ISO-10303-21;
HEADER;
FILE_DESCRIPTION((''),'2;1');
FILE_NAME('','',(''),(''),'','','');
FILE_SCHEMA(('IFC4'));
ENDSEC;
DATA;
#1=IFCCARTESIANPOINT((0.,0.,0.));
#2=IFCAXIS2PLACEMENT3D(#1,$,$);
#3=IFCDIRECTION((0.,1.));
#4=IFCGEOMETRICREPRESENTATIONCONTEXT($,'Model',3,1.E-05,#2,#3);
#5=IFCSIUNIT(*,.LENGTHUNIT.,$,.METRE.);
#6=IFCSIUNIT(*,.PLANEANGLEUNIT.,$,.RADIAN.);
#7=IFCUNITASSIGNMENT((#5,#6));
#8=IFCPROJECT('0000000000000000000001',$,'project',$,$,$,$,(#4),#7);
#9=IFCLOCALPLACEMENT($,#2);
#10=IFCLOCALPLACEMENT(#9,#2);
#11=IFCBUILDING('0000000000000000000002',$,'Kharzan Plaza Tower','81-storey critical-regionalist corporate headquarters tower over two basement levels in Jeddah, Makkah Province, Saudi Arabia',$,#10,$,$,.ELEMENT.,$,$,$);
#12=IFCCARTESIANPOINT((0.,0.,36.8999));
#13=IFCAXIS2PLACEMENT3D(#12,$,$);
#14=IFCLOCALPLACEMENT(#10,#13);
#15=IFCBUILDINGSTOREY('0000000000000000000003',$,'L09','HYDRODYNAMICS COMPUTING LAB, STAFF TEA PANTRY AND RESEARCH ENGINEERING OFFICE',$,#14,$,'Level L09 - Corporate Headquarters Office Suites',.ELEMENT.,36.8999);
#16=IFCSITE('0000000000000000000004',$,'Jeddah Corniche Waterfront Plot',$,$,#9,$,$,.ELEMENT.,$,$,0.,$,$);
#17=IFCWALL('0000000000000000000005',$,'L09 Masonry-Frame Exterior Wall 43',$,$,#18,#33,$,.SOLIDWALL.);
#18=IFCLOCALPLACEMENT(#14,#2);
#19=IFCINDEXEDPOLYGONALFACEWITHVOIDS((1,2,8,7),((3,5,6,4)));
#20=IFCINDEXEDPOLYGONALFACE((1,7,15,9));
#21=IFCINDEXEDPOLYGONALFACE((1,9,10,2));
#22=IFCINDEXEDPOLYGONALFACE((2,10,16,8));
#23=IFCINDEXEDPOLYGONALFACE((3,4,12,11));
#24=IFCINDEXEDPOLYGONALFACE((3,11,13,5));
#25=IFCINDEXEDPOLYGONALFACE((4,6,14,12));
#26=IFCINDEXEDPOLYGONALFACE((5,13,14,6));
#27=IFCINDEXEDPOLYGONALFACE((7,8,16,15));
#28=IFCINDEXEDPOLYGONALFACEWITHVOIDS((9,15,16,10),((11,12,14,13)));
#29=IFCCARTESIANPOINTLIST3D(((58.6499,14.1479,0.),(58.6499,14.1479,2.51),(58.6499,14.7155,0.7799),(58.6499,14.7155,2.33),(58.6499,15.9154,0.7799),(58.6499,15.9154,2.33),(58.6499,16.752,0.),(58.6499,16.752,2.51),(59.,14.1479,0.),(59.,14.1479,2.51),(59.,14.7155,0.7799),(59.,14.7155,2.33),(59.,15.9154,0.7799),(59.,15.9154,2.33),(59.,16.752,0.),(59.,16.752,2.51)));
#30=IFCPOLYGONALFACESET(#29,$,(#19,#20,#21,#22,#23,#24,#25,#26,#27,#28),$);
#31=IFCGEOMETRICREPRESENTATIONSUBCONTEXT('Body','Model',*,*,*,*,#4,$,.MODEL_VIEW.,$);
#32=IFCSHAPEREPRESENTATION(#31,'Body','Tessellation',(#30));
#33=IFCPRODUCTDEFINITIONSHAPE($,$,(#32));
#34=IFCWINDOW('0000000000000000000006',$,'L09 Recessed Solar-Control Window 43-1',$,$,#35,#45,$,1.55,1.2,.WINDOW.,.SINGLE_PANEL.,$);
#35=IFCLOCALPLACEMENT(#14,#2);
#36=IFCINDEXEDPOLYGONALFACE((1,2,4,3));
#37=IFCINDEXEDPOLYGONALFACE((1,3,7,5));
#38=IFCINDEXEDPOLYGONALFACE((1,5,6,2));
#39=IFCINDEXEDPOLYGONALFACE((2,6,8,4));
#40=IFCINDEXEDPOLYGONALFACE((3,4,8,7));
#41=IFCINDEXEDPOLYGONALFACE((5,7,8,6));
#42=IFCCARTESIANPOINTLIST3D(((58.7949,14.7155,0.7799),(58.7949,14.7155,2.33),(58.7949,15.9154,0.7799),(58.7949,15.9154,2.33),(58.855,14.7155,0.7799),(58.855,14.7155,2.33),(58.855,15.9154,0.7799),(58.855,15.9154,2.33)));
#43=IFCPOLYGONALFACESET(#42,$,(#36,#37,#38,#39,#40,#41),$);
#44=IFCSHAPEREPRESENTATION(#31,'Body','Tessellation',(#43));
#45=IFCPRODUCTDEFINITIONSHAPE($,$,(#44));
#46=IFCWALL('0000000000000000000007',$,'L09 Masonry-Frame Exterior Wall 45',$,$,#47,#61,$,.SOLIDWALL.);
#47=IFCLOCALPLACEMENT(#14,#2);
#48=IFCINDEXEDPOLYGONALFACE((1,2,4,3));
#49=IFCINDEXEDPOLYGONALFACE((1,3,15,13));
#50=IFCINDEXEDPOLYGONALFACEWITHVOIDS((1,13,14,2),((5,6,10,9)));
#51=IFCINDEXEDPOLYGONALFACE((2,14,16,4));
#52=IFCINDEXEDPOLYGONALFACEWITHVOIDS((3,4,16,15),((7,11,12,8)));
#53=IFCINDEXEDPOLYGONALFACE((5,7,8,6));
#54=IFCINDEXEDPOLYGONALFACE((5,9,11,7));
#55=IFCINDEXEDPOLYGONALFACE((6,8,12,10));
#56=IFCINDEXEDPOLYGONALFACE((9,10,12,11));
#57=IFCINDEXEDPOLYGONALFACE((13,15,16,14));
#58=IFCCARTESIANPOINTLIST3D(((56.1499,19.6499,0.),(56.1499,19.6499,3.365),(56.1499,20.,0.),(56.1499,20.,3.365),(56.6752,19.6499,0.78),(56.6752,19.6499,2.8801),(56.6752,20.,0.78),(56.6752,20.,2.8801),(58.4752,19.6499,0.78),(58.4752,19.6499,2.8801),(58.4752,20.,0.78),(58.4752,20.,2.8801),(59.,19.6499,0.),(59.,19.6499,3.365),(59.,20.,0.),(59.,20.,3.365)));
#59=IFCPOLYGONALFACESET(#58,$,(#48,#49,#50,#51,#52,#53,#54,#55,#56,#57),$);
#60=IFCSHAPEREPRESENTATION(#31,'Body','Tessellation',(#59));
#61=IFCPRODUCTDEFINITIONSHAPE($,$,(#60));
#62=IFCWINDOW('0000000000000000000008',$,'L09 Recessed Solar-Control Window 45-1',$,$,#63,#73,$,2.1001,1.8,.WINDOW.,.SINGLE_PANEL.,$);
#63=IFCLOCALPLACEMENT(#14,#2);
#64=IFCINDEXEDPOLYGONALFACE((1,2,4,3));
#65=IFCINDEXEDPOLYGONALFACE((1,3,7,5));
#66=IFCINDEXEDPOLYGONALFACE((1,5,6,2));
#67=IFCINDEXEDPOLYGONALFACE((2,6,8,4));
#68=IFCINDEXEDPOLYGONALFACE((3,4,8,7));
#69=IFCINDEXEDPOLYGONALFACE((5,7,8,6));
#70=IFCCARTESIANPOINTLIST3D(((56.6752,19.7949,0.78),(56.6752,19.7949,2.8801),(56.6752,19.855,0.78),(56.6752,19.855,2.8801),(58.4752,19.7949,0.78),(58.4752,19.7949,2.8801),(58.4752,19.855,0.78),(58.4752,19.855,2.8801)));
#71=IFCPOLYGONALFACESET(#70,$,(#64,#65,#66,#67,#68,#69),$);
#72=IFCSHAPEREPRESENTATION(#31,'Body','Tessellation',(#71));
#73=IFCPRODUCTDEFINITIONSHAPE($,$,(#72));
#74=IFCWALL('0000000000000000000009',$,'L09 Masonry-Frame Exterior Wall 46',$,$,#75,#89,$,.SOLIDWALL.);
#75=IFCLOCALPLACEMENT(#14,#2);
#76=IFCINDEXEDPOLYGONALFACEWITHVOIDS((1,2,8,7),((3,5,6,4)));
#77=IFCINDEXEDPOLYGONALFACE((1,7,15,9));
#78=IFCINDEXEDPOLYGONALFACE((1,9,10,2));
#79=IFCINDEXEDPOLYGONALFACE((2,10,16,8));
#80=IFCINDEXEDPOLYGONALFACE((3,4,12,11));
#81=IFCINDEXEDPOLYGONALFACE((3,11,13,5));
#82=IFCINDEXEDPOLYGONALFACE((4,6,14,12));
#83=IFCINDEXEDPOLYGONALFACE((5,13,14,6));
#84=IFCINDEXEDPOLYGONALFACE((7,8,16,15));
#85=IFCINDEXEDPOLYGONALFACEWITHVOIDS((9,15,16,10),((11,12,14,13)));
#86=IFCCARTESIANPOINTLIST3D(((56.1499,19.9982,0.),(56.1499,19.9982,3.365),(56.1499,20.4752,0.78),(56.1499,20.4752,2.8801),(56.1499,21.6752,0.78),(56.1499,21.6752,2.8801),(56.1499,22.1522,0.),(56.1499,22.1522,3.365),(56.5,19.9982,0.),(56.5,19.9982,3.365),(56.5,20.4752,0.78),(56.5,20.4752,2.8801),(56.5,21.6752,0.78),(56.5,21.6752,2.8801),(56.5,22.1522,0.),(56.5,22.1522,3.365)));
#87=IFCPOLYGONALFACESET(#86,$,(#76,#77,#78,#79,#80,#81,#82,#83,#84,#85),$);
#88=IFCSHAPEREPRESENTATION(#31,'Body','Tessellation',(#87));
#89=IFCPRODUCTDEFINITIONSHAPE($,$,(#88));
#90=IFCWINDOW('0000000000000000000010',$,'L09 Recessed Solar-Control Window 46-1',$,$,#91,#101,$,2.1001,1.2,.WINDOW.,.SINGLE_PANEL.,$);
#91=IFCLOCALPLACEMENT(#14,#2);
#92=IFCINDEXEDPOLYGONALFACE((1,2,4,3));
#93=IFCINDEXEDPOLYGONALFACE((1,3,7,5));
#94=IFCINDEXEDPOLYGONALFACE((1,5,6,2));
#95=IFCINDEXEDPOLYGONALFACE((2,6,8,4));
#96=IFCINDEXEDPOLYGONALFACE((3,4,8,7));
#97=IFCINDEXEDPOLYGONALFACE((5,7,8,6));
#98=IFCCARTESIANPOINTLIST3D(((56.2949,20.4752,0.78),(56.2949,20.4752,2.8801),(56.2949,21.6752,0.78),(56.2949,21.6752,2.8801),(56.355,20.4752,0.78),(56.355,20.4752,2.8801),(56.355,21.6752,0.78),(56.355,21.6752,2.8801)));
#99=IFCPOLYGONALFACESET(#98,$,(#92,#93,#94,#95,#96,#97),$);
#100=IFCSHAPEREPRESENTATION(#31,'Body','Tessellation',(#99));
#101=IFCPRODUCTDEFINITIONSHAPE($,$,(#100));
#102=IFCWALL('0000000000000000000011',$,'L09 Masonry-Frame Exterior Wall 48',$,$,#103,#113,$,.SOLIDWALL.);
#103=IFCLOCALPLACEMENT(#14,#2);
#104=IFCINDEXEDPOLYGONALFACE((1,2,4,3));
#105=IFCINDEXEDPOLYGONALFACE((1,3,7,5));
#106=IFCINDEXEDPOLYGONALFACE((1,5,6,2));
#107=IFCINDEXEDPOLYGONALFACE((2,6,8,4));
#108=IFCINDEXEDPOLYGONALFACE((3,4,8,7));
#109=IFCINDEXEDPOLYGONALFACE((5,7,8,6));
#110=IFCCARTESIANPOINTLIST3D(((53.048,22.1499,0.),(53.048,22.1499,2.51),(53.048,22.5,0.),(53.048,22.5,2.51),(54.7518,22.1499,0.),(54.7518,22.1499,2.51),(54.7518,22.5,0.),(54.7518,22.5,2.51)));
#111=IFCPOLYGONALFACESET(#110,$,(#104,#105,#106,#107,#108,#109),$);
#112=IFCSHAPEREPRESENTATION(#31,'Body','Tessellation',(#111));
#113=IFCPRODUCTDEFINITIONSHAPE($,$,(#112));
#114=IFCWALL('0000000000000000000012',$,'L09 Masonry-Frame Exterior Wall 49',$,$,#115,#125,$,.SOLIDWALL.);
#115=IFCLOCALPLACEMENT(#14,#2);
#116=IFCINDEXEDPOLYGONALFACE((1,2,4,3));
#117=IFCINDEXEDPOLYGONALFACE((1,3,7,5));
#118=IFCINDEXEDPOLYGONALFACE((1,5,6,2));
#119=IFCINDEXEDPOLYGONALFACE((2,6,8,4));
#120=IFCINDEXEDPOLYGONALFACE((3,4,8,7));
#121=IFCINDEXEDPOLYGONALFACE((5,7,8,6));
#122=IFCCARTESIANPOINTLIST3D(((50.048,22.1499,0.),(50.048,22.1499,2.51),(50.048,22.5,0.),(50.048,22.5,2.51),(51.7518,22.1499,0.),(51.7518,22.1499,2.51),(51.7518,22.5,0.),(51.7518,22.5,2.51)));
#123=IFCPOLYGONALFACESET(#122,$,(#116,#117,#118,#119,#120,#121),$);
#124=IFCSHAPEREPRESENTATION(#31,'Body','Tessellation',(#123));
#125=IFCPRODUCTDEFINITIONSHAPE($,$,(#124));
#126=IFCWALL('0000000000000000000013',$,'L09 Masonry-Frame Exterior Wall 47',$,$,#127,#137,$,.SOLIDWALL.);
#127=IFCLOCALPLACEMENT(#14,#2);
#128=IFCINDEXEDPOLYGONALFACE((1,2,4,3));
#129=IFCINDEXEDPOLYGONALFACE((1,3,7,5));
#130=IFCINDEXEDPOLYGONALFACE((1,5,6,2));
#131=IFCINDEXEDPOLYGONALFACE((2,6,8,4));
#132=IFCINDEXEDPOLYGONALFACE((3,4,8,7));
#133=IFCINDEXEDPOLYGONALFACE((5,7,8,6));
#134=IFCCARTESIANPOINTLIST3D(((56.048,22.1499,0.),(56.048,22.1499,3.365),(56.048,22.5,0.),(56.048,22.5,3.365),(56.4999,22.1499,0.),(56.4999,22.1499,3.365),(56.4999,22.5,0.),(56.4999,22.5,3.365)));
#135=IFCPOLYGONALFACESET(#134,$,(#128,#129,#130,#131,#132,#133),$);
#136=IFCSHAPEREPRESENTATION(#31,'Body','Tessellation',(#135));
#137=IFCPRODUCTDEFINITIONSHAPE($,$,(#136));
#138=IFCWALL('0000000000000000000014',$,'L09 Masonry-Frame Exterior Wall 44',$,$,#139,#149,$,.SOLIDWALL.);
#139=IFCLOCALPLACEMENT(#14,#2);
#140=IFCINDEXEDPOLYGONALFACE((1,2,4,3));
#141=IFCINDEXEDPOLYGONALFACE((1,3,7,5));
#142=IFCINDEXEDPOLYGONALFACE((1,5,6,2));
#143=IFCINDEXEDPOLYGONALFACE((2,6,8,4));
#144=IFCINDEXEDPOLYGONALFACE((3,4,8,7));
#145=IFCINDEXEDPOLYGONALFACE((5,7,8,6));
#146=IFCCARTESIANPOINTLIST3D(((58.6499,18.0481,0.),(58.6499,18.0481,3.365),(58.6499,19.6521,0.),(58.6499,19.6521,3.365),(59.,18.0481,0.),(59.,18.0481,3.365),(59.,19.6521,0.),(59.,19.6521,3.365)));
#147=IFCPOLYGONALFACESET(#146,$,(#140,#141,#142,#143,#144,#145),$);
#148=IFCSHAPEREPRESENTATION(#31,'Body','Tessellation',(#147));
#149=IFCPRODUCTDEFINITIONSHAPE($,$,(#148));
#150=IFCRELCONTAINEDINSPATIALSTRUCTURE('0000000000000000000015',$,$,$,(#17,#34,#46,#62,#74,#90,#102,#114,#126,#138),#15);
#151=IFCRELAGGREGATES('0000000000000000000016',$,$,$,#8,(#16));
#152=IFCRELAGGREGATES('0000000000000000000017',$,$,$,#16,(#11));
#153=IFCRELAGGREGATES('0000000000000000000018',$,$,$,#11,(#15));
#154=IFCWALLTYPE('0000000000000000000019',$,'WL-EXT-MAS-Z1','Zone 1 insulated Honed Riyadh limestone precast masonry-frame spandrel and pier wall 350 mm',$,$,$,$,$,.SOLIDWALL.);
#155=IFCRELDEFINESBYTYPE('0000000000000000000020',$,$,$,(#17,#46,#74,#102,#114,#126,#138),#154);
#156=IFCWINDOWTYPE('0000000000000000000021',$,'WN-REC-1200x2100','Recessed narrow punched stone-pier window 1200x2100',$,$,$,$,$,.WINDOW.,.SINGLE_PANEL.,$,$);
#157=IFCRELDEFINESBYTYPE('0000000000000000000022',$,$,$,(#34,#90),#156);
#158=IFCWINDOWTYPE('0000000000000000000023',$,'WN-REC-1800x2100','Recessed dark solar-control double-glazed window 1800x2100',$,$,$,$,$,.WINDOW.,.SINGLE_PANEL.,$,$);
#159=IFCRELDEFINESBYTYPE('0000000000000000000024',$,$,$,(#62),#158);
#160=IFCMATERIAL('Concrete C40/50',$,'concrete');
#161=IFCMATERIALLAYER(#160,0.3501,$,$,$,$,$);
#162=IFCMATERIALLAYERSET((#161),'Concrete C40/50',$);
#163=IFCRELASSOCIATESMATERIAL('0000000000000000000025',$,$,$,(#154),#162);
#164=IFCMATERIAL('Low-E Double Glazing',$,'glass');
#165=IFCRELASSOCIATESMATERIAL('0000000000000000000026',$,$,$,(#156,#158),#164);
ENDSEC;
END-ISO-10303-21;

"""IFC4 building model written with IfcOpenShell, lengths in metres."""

from ifc_helpers import new_model, si_unit, direction, frame, frame_2d, origin, place, context, subcontext, project, spatial, rectangle, extrude, source, transform, mapped, material, layer, layer_set, type_object, element, fill, save


model = new_model("IFC4")

# Units and contexts
model_context = context("Model", 3, precision=1e-05, world=origin(), true_north=direction((0.0, 1.0)))
body_context = subcontext(model_context, "Body", "Model", "MODEL_VIEW")
ifc_project = project(units=[si_unit("LENGTHUNIT", "METRE"), si_unit("PLANEANGLEUNIT", "RADIAN")], contexts=[model_context])

# Site, building, storey
site_placement = place(None, origin())
site = spatial("IfcSite", under=ifc_project, at=site_placement, Name="Jeddah Corniche Waterfront Plot", CompositionType="ELEMENT", RefElevation=0.0)
building_placement = place(site_placement, origin())
building = spatial("IfcBuilding", under=site, at=building_placement, Name="Kharzan Plaza Tower", Description="81-storey critical-regionalist corporate headquarters tower over two basement levels in Jeddah, Makkah Province, Saudi Arabia", CompositionType="ELEMENT")
storey_placement = place(building_placement, frame((0.0, 0.0, 36.8999)))
storey = spatial("IfcBuildingStorey", under=building, at=storey_placement, Name="L09", Description="HYDRODYNAMICS COMPUTING LAB, STAFF TEA PANTRY AND RESEARCH ENGINEERING OFFICE", LongName="Level L09 - Corporate Headquarters Office Suites", CompositionType="ELEMENT", Elevation=36.8999)

# Walls, openings, windows
ifc_material_1 = material(Name="Concrete C40/50", Category="concrete")
ifc_layer = layer(ifc_material_1, 0.3501)
ifc_layer_set = layer_set([ifc_layer], Name="Concrete C40/50")
wall_type = type_object("IfcWallType", Name="WL-EXT-MAS-Z1", Description="Zone 1 insulated Honed Riyadh limestone precast masonry-frame spandrel and pier wall 350 mm", PredefinedType="SOLIDWALL", material=ifc_layer_set)
wall_1_placement = place(storey_placement, frame((58.825, 14.1479, 0.0), z_axis=(0.0, 0.0, 1.0), x_axis=(0.0, 1.0, 0.0)))
wall_1 = element("IfcWall", 1, at=wall_1_placement, inside=storey, type_object=wall_type, Name="L09 Masonry-Frame Exterior Wall 43", PredefinedType="SOLIDWALL", context=body_context, shape_type="SweptSolid", body=[
    extrude(rectangle(XDim=2.604, YDim=0.3501, at=frame_2d((1.302, 0.0))), origin(), (0.0, 0.0, 1.0), 2.51),
])
opening_1_placement = place(wall_1_placement, frame((0.5674, 0.0, 0.78)))
opening_1 = element("IfcOpeningElement", 2, at=opening_1_placement, cuts=wall_1, PredefinedType="OPENING", context=body_context, shape_type="SweptSolid", body=[
    extrude(rectangle(XDim=1.2, YDim=1.55, at=frame_2d((0.6001, 0.7749))), frame((0.0, 0.1851, 0.0), z_axis=(0.0, -1.0, 0.0), x_axis=(1.0, 0.0, 0.0)), (0.0, 0.0, 1.0), 0.3701),
])
ifc_material_2 = material(Name="Low-E Double Glazing", Category="glass")
window_type_1 = type_object("IfcWindowType", Name="WN-REC-1200x2100", Description="Recessed narrow punched stone-pier window 1200x2100", PartitioningType="SINGLE_PANEL", PredefinedType="WINDOW", material=ifc_material_2)
shared_shape_1 = source(origin(), body_context, "Body", "SweptSolid", [
    extrude(rectangle(XDim=1.2, YDim=1.55, at=frame_2d((0.6001, 0.7749))), frame((0.0, 0.03, 0.0), z_axis=(0.0, -1.0, 0.0), x_axis=(1.0, 0.0, 0.0)), (0.0, 0.0, 1.0), 0.0601),
])
window_1_placement = place(opening_1_placement, origin())
window_1 = element("IfcWindow", 3, at=window_1_placement, inside=storey, type_object=window_type_1, Name="L09 Recessed Solar-Control Window 43-1", OverallHeight=1.55, OverallWidth=1.2, PartitioningType="SINGLE_PANEL", PredefinedType="WINDOW", context=body_context, shape_type="MappedRepresentation", body=[
    mapped(shared_shape_1, transform((0.0, 0.0, 0.0), x_axis=(1.0, 0.0, 0.0), y_axis=(0.0, 1.0, 0.0), z_axis=(0.0, 0.0, 1.0))),
])
fill(opening_1, window_1)
wall_2_placement = place(storey_placement, frame((59.0, 19.825, 0.0), z_axis=(0.0, 0.0, 1.0), x_axis=(-1.0, 0.0, 0.0)))
wall_2 = element("IfcWall", 4, at=wall_2_placement, inside=storey, type_object=wall_type, Name="L09 Masonry-Frame Exterior Wall 45", PredefinedType="SOLIDWALL", context=body_context, shape_type="SweptSolid", body=[
    extrude(rectangle(XDim=2.8501, YDim=0.3501, at=frame_2d((1.425, 0.0))), origin(), (0.0, 0.0, 1.0), 3.365),
])
opening_2_placement = place(wall_2_placement, frame((0.5249, 0.0, 0.78)))
opening_2 = element("IfcOpeningElement", 5, at=opening_2_placement, cuts=wall_2, PredefinedType="OPENING", context=body_context, shape_type="SweptSolid", body=[
    extrude(rectangle(XDim=1.8, YDim=2.1001, at=frame_2d((0.8999, 1.05))), frame((0.0, 0.1851, 0.0), z_axis=(0.0, -1.0, 0.0), x_axis=(1.0, 0.0, 0.0)), (0.0, 0.0, 1.0), 0.3701),
])
window_type_2 = type_object("IfcWindowType", Name="WN-REC-1800x2100", Description="Recessed dark solar-control double-glazed window 1800x2100", PartitioningType="SINGLE_PANEL", PredefinedType="WINDOW", material=ifc_material_2)
shared_shape_2 = source(origin(), body_context, "Body", "SweptSolid", [
    extrude(rectangle(XDim=1.8, YDim=2.1001, at=frame_2d((0.8999, 1.05))), frame((0.0, 0.03, 0.0), z_axis=(0.0, -1.0, 0.0), x_axis=(1.0, 0.0, 0.0)), (0.0, 0.0, 1.0), 0.0601),
])
window_2_placement = place(opening_2_placement, origin())
window_2 = element("IfcWindow", 6, at=window_2_placement, inside=storey, type_object=window_type_2, Name="L09 Recessed Solar-Control Window 45-1", OverallHeight=2.1001, OverallWidth=1.8, PartitioningType="SINGLE_PANEL", PredefinedType="WINDOW", context=body_context, shape_type="MappedRepresentation", body=[
    mapped(shared_shape_2, transform((0.0, 0.0, 0.0), x_axis=(1.0, 0.0, 0.0), y_axis=(0.0, 1.0, 0.0), z_axis=(0.0, 0.0, 1.0))),
])
fill(opening_2, window_2)
wall_3_placement = place(storey_placement, frame((56.325, 19.998, 0.0), z_axis=(0.0, 0.0, 1.0), x_axis=(0.0, 1.0, 0.0)))
wall_3 = element("IfcWall", 7, at=wall_3_placement, inside=storey, type_object=wall_type, Name="L09 Masonry-Frame Exterior Wall 46", PredefinedType="SOLIDWALL", context=body_context, shape_type="SweptSolid", body=[
    extrude(rectangle(XDim=2.1541, YDim=0.3501, at=frame_2d((1.0771, 0.0))), origin(), (0.0, 0.0, 1.0), 3.365),
])
opening_3_placement = place(wall_3_placement, frame((0.4771, 0.0, 0.78)))
opening_3 = element("IfcOpeningElement", 8, at=opening_3_placement, cuts=wall_3, PredefinedType="OPENING", context=body_context, shape_type="SweptSolid", body=[
    extrude(rectangle(XDim=1.2, YDim=2.1001, at=frame_2d((0.6001, 1.05))), frame((0.0, 0.1851, 0.0), z_axis=(0.0, -1.0, 0.0), x_axis=(1.0, 0.0, 0.0)), (0.0, 0.0, 1.0), 0.3701),
])
shared_shape_3 = source(origin(), body_context, "Body", "SweptSolid", [
    extrude(rectangle(XDim=1.2, YDim=2.1001, at=frame_2d((0.6001, 1.05))), frame((0.0, 0.03, 0.0), z_axis=(0.0, -1.0, 0.0), x_axis=(1.0, 0.0, 0.0)), (0.0, 0.0, 1.0), 0.0601),
])
window_3_placement = place(opening_3_placement, origin())
window_3 = element("IfcWindow", 9, at=window_3_placement, inside=storey, type_object=window_type_1, Name="L09 Recessed Solar-Control Window 46-1", OverallHeight=2.1001, OverallWidth=1.2, PartitioningType="SINGLE_PANEL", PredefinedType="WINDOW", context=body_context, shape_type="MappedRepresentation", body=[
    mapped(shared_shape_3, transform((0.0, 0.0, 0.0), x_axis=(1.0, 0.0, 0.0), y_axis=(0.0, 1.0, 0.0), z_axis=(0.0, 0.0, 1.0))),
])
fill(opening_3, window_3)

# Walls
shared_shape_4 = source(origin(), body_context, "Body", "SweptSolid", [
    extrude(rectangle(XDim=1.7039, YDim=0.3501, at=frame_2d((0.8521, 0.0))), origin(), (0.0, 0.0, 1.0), 2.51),
])
for number, where, z_axis, x_axis, name in (
    (10, (54.752, 22.325, 0.0), (0.0, 0.0, 1.0), (-1.0, 0.0, 0.0), "L09 Masonry-Frame Exterior Wall 48"),
    (11, (51.752, 22.325, 0.0), (0.0, 0.0, 1.0), (-1.0, 0.0, 0.0), "L09 Masonry-Frame Exterior Wall 49"),
):
    element("IfcWall", number, at=place(storey_placement, frame(where, z_axis=z_axis, x_axis=x_axis)), inside=storey, type_object=wall_type, Name=name, PredefinedType="SOLIDWALL", context=body_context, shape_type="MappedRepresentation", body=[
        mapped(shared_shape_4, transform((0.0, 0.0, 0.0), x_axis=(1.0, 0.0, 0.0), y_axis=(0.0, 1.0, 0.0), z_axis=(0.0, 0.0, 1.0))),
    ])
shared_shape_5 = source(origin(), body_context, "Body", "SweptSolid", [
    extrude(rectangle(XDim=0.4519, YDim=0.3501, at=frame_2d((0.2261, 0.0))), origin(), (0.0, 0.0, 1.0), 3.365),
])
wall_4_placement = place(storey_placement, frame((56.5, 22.325, 0.0), z_axis=(0.0, 0.0, 1.0), x_axis=(-1.0, 0.0, 0.0)))
element("IfcWall", 12, at=wall_4_placement, inside=storey, type_object=wall_type, Name="L09 Masonry-Frame Exterior Wall 47", PredefinedType="SOLIDWALL", context=body_context, shape_type="MappedRepresentation", body=[
    mapped(shared_shape_5, transform((0.0, 0.0, 0.0), x_axis=(1.0, 0.0, 0.0), y_axis=(0.0, 1.0, 0.0), z_axis=(0.0, 0.0, 1.0))),
])
shared_shape_6 = source(origin(), body_context, "Body", "SweptSolid", [
    extrude(rectangle(XDim=1.604, YDim=0.3501, at=frame_2d((0.802, 0.0))), origin(), (0.0, 0.0, 1.0), 3.365),
])
wall_5_placement = place(storey_placement, frame((58.825, 18.0481, 0.0), z_axis=(0.0, 0.0, 1.0), x_axis=(0.0, 1.0, 0.0)))
element("IfcWall", 13, at=wall_5_placement, inside=storey, type_object=wall_type, Name="L09 Masonry-Frame Exterior Wall 44", PredefinedType="SOLIDWALL", context=body_context, shape_type="MappedRepresentation", body=[
    mapped(shared_shape_6, transform((0.0, 0.0, 0.0), x_axis=(1.0, 0.0, 0.0), y_axis=(0.0, 1.0, 0.0), z_axis=(0.0, 0.0, 1.0))),
])

save(model, "model.ifc")
